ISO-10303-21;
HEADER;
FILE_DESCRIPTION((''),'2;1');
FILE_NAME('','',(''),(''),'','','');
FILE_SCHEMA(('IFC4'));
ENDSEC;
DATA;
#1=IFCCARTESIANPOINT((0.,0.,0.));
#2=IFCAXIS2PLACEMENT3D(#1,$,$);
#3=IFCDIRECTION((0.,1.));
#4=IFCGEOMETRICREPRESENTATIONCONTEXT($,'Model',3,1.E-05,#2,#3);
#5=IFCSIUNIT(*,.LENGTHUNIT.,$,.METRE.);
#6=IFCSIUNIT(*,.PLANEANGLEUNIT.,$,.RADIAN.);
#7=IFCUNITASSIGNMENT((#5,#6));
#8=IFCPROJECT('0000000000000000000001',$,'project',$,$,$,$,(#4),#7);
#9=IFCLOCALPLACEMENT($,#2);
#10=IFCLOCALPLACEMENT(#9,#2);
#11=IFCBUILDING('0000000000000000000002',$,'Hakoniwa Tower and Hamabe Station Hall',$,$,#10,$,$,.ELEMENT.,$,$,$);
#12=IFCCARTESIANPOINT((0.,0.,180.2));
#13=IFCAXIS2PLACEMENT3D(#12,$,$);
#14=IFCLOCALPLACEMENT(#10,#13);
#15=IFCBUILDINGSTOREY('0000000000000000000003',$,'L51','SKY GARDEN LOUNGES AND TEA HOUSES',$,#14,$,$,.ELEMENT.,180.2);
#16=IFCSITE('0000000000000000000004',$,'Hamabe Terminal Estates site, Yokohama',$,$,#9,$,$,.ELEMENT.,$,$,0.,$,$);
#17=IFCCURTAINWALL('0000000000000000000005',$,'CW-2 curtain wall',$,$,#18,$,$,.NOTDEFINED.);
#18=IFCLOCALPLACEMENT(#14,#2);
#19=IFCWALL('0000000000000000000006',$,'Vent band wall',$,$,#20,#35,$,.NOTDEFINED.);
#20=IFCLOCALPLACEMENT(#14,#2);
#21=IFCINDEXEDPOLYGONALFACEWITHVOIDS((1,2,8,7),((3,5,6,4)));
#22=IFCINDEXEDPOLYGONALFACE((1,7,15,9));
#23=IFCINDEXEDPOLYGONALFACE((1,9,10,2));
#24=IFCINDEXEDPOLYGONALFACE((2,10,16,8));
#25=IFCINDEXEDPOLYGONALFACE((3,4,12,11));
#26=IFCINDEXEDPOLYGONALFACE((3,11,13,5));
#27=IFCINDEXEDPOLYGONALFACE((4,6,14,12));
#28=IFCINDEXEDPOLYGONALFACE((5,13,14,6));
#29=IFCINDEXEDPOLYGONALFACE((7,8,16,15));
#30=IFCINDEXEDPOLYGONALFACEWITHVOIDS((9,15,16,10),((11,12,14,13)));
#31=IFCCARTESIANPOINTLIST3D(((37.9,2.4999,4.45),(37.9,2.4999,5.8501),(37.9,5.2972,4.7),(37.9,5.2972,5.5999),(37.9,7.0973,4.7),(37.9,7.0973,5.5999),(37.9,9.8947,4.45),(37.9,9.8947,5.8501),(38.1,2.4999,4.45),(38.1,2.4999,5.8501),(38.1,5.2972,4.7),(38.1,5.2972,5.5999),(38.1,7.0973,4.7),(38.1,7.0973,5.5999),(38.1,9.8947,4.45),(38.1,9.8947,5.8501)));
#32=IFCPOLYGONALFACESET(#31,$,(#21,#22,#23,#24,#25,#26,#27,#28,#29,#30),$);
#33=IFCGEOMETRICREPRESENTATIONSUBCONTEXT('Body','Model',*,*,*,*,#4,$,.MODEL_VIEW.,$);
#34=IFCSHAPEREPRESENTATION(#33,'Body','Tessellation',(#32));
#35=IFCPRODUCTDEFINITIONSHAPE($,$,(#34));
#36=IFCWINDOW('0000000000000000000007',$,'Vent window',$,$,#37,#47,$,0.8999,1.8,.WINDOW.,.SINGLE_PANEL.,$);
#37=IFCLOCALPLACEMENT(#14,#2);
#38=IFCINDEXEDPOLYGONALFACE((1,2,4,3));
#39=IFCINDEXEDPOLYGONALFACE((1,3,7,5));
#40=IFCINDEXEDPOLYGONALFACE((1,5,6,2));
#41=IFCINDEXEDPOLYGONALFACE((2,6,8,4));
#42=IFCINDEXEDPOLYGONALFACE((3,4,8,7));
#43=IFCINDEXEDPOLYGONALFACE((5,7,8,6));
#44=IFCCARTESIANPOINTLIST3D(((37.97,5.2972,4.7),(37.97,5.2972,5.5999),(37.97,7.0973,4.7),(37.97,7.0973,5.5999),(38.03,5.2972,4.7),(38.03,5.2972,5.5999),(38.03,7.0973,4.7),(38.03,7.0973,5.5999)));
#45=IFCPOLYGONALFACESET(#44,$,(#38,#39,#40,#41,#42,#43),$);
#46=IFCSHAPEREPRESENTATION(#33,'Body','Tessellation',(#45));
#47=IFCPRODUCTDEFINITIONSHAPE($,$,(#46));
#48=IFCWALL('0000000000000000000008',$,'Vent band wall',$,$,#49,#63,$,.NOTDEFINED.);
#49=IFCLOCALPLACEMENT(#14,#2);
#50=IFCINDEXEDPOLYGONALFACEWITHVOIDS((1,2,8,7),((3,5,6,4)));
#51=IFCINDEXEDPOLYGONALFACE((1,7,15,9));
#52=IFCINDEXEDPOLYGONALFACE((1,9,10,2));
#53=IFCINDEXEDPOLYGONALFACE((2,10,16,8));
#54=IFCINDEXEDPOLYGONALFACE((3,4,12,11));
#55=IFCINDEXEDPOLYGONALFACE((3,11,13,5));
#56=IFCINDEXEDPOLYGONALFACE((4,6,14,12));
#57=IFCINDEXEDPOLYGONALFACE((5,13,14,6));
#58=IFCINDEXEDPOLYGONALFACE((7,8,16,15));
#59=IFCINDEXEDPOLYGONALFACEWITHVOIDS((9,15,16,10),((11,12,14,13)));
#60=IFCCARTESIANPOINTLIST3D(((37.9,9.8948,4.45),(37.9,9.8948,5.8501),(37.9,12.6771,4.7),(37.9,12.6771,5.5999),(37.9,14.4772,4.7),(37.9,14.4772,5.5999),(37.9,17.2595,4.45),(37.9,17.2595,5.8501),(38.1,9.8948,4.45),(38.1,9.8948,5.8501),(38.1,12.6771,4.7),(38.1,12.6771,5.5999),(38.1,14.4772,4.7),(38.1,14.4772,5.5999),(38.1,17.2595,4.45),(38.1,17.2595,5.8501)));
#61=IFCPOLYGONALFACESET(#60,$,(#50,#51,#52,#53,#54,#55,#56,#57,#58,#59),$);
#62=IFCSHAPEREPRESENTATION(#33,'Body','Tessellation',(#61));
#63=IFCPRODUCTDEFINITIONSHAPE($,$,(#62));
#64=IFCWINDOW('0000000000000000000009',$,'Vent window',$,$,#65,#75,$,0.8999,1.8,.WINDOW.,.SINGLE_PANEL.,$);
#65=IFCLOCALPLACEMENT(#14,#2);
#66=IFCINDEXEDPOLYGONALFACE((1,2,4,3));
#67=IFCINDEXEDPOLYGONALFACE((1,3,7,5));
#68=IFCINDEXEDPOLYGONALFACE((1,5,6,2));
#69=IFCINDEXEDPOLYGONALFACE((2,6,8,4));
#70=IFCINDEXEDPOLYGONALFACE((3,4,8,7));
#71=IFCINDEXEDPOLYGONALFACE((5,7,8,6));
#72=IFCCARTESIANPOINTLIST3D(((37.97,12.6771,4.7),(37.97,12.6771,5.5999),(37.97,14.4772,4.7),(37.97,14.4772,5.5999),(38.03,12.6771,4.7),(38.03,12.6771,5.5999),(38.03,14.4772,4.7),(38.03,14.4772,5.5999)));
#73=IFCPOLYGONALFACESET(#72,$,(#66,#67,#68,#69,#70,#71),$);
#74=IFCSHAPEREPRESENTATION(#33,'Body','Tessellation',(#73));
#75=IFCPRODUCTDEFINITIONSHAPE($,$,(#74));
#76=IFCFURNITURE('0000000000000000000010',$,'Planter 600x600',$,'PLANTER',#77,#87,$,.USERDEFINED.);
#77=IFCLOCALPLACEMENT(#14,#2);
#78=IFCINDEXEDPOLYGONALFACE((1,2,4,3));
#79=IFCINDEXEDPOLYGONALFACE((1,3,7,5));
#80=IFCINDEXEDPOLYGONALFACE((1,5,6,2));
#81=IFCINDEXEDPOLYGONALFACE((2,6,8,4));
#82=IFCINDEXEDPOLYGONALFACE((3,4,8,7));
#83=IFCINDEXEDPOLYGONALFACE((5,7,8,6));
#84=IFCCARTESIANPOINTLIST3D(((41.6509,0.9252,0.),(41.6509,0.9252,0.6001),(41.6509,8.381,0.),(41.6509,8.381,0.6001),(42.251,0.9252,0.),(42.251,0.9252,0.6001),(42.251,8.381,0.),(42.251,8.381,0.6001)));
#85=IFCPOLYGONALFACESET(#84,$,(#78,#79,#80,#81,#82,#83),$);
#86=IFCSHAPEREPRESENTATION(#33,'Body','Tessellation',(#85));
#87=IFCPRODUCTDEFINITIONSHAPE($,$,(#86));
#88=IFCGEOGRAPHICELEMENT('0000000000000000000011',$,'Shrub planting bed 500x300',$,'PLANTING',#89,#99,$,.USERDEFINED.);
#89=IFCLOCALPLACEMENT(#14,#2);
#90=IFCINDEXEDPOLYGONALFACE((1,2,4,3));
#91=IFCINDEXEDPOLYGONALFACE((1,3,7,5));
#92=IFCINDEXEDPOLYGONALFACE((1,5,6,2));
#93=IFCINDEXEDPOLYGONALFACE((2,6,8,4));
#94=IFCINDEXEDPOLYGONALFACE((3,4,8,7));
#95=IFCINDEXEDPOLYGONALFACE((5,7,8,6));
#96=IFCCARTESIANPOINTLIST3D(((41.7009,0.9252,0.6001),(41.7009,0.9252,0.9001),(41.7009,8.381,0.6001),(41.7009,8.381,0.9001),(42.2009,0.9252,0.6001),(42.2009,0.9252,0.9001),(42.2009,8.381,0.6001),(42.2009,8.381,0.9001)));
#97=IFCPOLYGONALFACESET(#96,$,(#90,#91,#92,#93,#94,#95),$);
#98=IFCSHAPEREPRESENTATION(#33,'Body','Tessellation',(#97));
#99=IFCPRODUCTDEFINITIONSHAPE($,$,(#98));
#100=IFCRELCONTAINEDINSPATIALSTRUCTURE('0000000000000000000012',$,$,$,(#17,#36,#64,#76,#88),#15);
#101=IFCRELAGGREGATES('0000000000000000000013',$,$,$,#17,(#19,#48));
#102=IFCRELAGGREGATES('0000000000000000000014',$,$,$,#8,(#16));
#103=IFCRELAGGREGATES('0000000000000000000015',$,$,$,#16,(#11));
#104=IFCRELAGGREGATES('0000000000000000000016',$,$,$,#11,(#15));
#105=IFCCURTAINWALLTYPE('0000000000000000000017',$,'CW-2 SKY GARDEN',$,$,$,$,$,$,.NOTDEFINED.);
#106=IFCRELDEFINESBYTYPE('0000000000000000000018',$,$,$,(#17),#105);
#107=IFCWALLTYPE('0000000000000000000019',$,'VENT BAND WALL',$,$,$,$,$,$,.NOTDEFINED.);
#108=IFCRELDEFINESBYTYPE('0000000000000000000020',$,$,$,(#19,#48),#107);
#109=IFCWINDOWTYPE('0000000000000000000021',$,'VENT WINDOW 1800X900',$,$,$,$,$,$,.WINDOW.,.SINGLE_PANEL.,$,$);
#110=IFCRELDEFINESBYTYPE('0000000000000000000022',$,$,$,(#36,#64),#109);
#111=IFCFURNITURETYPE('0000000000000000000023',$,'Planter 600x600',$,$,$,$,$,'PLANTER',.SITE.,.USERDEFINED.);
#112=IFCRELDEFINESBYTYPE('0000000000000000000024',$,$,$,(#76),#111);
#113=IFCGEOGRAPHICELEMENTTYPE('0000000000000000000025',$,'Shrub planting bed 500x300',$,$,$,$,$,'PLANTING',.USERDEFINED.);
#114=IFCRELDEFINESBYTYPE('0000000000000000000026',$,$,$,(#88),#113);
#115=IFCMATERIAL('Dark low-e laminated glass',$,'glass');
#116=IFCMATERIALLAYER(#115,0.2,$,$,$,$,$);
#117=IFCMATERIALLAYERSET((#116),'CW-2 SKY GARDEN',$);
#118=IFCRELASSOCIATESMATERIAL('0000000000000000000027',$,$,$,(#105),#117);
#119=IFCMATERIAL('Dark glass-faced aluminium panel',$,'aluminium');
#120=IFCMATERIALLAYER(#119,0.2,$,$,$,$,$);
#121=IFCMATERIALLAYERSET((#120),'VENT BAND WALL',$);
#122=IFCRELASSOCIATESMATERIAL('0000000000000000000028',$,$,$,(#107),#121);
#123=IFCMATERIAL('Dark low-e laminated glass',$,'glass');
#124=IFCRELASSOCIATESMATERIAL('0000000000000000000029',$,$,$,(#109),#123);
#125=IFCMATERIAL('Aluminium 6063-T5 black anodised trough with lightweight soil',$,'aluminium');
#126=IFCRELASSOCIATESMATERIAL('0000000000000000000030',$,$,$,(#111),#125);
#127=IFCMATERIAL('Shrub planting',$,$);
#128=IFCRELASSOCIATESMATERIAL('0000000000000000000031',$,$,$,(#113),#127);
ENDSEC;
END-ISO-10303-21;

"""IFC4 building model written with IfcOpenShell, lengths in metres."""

from ifc_helpers import new_model, si_unit, direction, frame, frame_2d, origin, origin_2d, place, context, subcontext, project, spatial, rectangle, extrude, material, layer, layer_set, type_object, element, fill, aggregate, save


model = new_model("IFC4")

# Units and contexts
model_context = context("Model", 3, precision=1e-05, world=origin(), true_north=direction((0.0, 1.0)))
body_context = subcontext(model_context, "Body", "Model", "MODEL_VIEW")
ifc_project = project(units=[si_unit("LENGTHUNIT", "METRE"), si_unit("PLANEANGLEUNIT", "RADIAN")], contexts=[model_context])

# Site, building, storey
site_placement = place(None, origin())
site = spatial("IfcSite", under=ifc_project, at=site_placement, Name="Hamabe Terminal Estates site, Yokohama", CompositionType="ELEMENT", RefElevation=0.0)
building_placement = place(site_placement, origin())
building = spatial("IfcBuilding", under=site, at=building_placement, Name="Hakoniwa Tower and Hamabe Station Hall", CompositionType="ELEMENT")
storey_placement = place(building_placement, frame((0.0, 0.0, 180.2)))
storey = spatial("IfcBuildingStorey", under=building, at=storey_placement, Name="L51", Description="SKY GARDEN LOUNGES AND TEA HOUSES", CompositionType="ELEMENT", Elevation=180.2)

# Curtain wall
ifc_material_1 = material(Name="Dark low-e laminated glass", Category="glass")
ifc_layer_1 = layer(ifc_material_1, 0.2)
ifc_layer_set_1 = layer_set([ifc_layer_1], Name="CW-2 SKY GARDEN")
curtain_wall_type = type_object("IfcCurtainWallType", Name="CW-2 SKY GARDEN", PredefinedType="NOTDEFINED", material=ifc_layer_set_1)
curtain_wall_placement = place(storey_placement, origin())
curtain_wall = element("IfcCurtainWall", 1, at=curtain_wall_placement, inside=storey, type_object=curtain_wall_type, Name="CW-2 curtain wall", PredefinedType="NOTDEFINED")

# Walls, openings, windows
ifc_material_2 = material(Name="Dark glass-faced aluminium panel", Category="aluminium")
ifc_layer_2 = layer(ifc_material_2, 0.2)
ifc_layer_set_2 = layer_set([ifc_layer_2], Name="VENT BAND WALL")
wall_type_1 = type_object("IfcWallType", Name="VENT BAND WALL", PredefinedType="NOTDEFINED", material=ifc_layer_set_2)
wall_1_placement = place(storey_placement, frame((38.0, 2.5, 4.45), z_axis=(0.0, 0.0, 1.0), x_axis=(0.0, 1.0, 0.0)))
wall_1 = element("IfcWall", 2, at=wall_1_placement, type_object=wall_type_1, Name="Vent band wall", PredefinedType="NOTDEFINED", context=body_context, shape_type="SweptSolid", body=[
    extrude(rectangle(XDim=7.3948, YDim=0.2, at=frame_2d((3.6973, 0.0))), origin(), (0.0, 0.0, 1.0), 1.4001),
])
opening_1_placement = place(wall_1_placement, frame((2.7974, 0.0, 0.25)))
opening_1 = element("IfcOpeningElement", 3, at=opening_1_placement, cuts=wall_1, PredefinedType="OPENING", context=body_context, shape_type="SweptSolid", body=[
    extrude(rectangle(XDim=1.8, YDim=0.8999, at=frame_2d((0.8999, 0.45))), frame((0.0, 0.1099, 0.0), z_axis=(0.0, -1.0, 0.0), x_axis=(1.0, 0.0, 0.0)), (0.0, 0.0, 1.0), 0.22),
])
ifc_material_3 = material(Name="Dark low-e laminated glass", Category="glass")
window_type = type_object("IfcWindowType", Name="VENT WINDOW 1800X900", PartitioningType="SINGLE_PANEL", PredefinedType="WINDOW", material=ifc_material_3)
window_1_placement = place(opening_1_placement, origin())
window_1 = element("IfcWindow", 4, at=window_1_placement, inside=storey, type_object=window_type, Name="Vent window", OverallHeight=0.8999, OverallWidth=1.8, PartitioningType="SINGLE_PANEL", PredefinedType="WINDOW", context=body_context, shape_type="SweptSolid", body=[
    extrude(rectangle(XDim=1.8, YDim=0.8999, at=frame_2d((0.8999, 0.45))), frame((0.0, 0.03, 0.0), z_axis=(0.0, -1.0, 0.0), x_axis=(1.0, 0.0, 0.0)), (0.0, 0.0, 1.0), 0.0601),
])
fill(opening_1, window_1)
wall_2_placement = place(storey_placement, frame((38.0, 9.8948, 4.45), z_axis=(0.0, 0.0, 1.0), x_axis=(0.0, 1.0, 0.0)))
wall_2 = element("IfcWall", 5, at=wall_2_placement, type_object=wall_type_1, Name="Vent band wall", PredefinedType="NOTDEFINED", context=body_context, shape_type="SweptSolid", body=[
    extrude(rectangle(XDim=7.3647, YDim=0.2, at=frame_2d((3.6824, 0.0))), origin(), (0.0, 0.0, 1.0), 1.4001),
])
opening_2_placement = place(wall_2_placement, frame((2.7825, 0.0, 0.25)))
opening_2 = element("IfcOpeningElement", 6, at=opening_2_placement, cuts=wall_2, PredefinedType="OPENING", context=body_context, shape_type="SweptSolid", body=[
    extrude(rectangle(XDim=1.8, YDim=0.8999, at=frame_2d((0.8999, 0.45))), frame((0.0, 0.1099, 0.0), z_axis=(0.0, -1.0, 0.0), x_axis=(1.0, 0.0, 0.0)), (0.0, 0.0, 1.0), 0.22),
])
window_2_placement = place(opening_2_placement, origin())
window_2 = element("IfcWindow", 7, at=window_2_placement, inside=storey, type_object=window_type, Name="Vent window", OverallHeight=0.8999, OverallWidth=1.8, PartitioningType="SINGLE_PANEL", PredefinedType="WINDOW", context=body_context, shape_type="SweptSolid", body=[
    extrude(rectangle(XDim=1.8, YDim=0.8999, at=frame_2d((0.8999, 0.45))), frame((0.0, 0.03, 0.0), z_axis=(0.0, -1.0, 0.0), x_axis=(1.0, 0.0, 0.0)), (0.0, 0.0, 1.0), 0.0601),
])
fill(opening_2, window_2)
aggregate(curtain_wall, [wall_1, wall_2])

# Furniture
ifc_material_4 = material(Name="Aluminium 6063-T5 black anodised trough with lightweight soil", Category="aluminium")
furniture_type = type_object("IfcFurnitureType", Name="Planter 600x600", ElementType="PLANTER", AssemblyPlace="SITE", PredefinedType="USERDEFINED", material=ifc_material_4)
furniture_placement = place(storey_placement, frame((41.9509, 4.6531, 0.0), z_axis=(0.0, 0.0, 1.0), x_axis=(0.0, 1.0, 0.0)))
element("IfcFurniture", 8, at=furniture_placement, inside=storey, type_object=furniture_type, Name="Planter 600x600", ObjectType="PLANTER", PredefinedType="USERDEFINED", context=body_context, shape_type="SweptSolid", body=[
    extrude(rectangle(XDim=7.4558, YDim=0.6001, at=origin_2d()), origin(), (0.0, 0.0, 1.0), 0.6001),
])

# Geographic element
ifc_material_5 = material(Name="Shrub planting")
geographic_element_type = type_object("IfcGeographicElementType", Name="Shrub planting bed 500x300", ElementType="PLANTING", PredefinedType="USERDEFINED", material=ifc_material_5)
geographic_element_placement = place(storey_placement, frame((41.9509, 4.6531, 0.6001), z_axis=(0.0, 0.0, 1.0), x_axis=(0.0, 1.0, 0.0)))
element("IfcGeographicElement", 9, at=geographic_element_placement, inside=storey, type_object=geographic_element_type, Name="Shrub planting bed 500x300", ObjectType="PLANTING", PredefinedType="USERDEFINED", context=body_context, shape_type="SweptSolid", body=[
    extrude(rectangle(XDim=7.4558, YDim=0.5, at=origin_2d()), origin(), (0.0, 0.0, 1.0), 0.3),
])

save(model, "model.ifc")
